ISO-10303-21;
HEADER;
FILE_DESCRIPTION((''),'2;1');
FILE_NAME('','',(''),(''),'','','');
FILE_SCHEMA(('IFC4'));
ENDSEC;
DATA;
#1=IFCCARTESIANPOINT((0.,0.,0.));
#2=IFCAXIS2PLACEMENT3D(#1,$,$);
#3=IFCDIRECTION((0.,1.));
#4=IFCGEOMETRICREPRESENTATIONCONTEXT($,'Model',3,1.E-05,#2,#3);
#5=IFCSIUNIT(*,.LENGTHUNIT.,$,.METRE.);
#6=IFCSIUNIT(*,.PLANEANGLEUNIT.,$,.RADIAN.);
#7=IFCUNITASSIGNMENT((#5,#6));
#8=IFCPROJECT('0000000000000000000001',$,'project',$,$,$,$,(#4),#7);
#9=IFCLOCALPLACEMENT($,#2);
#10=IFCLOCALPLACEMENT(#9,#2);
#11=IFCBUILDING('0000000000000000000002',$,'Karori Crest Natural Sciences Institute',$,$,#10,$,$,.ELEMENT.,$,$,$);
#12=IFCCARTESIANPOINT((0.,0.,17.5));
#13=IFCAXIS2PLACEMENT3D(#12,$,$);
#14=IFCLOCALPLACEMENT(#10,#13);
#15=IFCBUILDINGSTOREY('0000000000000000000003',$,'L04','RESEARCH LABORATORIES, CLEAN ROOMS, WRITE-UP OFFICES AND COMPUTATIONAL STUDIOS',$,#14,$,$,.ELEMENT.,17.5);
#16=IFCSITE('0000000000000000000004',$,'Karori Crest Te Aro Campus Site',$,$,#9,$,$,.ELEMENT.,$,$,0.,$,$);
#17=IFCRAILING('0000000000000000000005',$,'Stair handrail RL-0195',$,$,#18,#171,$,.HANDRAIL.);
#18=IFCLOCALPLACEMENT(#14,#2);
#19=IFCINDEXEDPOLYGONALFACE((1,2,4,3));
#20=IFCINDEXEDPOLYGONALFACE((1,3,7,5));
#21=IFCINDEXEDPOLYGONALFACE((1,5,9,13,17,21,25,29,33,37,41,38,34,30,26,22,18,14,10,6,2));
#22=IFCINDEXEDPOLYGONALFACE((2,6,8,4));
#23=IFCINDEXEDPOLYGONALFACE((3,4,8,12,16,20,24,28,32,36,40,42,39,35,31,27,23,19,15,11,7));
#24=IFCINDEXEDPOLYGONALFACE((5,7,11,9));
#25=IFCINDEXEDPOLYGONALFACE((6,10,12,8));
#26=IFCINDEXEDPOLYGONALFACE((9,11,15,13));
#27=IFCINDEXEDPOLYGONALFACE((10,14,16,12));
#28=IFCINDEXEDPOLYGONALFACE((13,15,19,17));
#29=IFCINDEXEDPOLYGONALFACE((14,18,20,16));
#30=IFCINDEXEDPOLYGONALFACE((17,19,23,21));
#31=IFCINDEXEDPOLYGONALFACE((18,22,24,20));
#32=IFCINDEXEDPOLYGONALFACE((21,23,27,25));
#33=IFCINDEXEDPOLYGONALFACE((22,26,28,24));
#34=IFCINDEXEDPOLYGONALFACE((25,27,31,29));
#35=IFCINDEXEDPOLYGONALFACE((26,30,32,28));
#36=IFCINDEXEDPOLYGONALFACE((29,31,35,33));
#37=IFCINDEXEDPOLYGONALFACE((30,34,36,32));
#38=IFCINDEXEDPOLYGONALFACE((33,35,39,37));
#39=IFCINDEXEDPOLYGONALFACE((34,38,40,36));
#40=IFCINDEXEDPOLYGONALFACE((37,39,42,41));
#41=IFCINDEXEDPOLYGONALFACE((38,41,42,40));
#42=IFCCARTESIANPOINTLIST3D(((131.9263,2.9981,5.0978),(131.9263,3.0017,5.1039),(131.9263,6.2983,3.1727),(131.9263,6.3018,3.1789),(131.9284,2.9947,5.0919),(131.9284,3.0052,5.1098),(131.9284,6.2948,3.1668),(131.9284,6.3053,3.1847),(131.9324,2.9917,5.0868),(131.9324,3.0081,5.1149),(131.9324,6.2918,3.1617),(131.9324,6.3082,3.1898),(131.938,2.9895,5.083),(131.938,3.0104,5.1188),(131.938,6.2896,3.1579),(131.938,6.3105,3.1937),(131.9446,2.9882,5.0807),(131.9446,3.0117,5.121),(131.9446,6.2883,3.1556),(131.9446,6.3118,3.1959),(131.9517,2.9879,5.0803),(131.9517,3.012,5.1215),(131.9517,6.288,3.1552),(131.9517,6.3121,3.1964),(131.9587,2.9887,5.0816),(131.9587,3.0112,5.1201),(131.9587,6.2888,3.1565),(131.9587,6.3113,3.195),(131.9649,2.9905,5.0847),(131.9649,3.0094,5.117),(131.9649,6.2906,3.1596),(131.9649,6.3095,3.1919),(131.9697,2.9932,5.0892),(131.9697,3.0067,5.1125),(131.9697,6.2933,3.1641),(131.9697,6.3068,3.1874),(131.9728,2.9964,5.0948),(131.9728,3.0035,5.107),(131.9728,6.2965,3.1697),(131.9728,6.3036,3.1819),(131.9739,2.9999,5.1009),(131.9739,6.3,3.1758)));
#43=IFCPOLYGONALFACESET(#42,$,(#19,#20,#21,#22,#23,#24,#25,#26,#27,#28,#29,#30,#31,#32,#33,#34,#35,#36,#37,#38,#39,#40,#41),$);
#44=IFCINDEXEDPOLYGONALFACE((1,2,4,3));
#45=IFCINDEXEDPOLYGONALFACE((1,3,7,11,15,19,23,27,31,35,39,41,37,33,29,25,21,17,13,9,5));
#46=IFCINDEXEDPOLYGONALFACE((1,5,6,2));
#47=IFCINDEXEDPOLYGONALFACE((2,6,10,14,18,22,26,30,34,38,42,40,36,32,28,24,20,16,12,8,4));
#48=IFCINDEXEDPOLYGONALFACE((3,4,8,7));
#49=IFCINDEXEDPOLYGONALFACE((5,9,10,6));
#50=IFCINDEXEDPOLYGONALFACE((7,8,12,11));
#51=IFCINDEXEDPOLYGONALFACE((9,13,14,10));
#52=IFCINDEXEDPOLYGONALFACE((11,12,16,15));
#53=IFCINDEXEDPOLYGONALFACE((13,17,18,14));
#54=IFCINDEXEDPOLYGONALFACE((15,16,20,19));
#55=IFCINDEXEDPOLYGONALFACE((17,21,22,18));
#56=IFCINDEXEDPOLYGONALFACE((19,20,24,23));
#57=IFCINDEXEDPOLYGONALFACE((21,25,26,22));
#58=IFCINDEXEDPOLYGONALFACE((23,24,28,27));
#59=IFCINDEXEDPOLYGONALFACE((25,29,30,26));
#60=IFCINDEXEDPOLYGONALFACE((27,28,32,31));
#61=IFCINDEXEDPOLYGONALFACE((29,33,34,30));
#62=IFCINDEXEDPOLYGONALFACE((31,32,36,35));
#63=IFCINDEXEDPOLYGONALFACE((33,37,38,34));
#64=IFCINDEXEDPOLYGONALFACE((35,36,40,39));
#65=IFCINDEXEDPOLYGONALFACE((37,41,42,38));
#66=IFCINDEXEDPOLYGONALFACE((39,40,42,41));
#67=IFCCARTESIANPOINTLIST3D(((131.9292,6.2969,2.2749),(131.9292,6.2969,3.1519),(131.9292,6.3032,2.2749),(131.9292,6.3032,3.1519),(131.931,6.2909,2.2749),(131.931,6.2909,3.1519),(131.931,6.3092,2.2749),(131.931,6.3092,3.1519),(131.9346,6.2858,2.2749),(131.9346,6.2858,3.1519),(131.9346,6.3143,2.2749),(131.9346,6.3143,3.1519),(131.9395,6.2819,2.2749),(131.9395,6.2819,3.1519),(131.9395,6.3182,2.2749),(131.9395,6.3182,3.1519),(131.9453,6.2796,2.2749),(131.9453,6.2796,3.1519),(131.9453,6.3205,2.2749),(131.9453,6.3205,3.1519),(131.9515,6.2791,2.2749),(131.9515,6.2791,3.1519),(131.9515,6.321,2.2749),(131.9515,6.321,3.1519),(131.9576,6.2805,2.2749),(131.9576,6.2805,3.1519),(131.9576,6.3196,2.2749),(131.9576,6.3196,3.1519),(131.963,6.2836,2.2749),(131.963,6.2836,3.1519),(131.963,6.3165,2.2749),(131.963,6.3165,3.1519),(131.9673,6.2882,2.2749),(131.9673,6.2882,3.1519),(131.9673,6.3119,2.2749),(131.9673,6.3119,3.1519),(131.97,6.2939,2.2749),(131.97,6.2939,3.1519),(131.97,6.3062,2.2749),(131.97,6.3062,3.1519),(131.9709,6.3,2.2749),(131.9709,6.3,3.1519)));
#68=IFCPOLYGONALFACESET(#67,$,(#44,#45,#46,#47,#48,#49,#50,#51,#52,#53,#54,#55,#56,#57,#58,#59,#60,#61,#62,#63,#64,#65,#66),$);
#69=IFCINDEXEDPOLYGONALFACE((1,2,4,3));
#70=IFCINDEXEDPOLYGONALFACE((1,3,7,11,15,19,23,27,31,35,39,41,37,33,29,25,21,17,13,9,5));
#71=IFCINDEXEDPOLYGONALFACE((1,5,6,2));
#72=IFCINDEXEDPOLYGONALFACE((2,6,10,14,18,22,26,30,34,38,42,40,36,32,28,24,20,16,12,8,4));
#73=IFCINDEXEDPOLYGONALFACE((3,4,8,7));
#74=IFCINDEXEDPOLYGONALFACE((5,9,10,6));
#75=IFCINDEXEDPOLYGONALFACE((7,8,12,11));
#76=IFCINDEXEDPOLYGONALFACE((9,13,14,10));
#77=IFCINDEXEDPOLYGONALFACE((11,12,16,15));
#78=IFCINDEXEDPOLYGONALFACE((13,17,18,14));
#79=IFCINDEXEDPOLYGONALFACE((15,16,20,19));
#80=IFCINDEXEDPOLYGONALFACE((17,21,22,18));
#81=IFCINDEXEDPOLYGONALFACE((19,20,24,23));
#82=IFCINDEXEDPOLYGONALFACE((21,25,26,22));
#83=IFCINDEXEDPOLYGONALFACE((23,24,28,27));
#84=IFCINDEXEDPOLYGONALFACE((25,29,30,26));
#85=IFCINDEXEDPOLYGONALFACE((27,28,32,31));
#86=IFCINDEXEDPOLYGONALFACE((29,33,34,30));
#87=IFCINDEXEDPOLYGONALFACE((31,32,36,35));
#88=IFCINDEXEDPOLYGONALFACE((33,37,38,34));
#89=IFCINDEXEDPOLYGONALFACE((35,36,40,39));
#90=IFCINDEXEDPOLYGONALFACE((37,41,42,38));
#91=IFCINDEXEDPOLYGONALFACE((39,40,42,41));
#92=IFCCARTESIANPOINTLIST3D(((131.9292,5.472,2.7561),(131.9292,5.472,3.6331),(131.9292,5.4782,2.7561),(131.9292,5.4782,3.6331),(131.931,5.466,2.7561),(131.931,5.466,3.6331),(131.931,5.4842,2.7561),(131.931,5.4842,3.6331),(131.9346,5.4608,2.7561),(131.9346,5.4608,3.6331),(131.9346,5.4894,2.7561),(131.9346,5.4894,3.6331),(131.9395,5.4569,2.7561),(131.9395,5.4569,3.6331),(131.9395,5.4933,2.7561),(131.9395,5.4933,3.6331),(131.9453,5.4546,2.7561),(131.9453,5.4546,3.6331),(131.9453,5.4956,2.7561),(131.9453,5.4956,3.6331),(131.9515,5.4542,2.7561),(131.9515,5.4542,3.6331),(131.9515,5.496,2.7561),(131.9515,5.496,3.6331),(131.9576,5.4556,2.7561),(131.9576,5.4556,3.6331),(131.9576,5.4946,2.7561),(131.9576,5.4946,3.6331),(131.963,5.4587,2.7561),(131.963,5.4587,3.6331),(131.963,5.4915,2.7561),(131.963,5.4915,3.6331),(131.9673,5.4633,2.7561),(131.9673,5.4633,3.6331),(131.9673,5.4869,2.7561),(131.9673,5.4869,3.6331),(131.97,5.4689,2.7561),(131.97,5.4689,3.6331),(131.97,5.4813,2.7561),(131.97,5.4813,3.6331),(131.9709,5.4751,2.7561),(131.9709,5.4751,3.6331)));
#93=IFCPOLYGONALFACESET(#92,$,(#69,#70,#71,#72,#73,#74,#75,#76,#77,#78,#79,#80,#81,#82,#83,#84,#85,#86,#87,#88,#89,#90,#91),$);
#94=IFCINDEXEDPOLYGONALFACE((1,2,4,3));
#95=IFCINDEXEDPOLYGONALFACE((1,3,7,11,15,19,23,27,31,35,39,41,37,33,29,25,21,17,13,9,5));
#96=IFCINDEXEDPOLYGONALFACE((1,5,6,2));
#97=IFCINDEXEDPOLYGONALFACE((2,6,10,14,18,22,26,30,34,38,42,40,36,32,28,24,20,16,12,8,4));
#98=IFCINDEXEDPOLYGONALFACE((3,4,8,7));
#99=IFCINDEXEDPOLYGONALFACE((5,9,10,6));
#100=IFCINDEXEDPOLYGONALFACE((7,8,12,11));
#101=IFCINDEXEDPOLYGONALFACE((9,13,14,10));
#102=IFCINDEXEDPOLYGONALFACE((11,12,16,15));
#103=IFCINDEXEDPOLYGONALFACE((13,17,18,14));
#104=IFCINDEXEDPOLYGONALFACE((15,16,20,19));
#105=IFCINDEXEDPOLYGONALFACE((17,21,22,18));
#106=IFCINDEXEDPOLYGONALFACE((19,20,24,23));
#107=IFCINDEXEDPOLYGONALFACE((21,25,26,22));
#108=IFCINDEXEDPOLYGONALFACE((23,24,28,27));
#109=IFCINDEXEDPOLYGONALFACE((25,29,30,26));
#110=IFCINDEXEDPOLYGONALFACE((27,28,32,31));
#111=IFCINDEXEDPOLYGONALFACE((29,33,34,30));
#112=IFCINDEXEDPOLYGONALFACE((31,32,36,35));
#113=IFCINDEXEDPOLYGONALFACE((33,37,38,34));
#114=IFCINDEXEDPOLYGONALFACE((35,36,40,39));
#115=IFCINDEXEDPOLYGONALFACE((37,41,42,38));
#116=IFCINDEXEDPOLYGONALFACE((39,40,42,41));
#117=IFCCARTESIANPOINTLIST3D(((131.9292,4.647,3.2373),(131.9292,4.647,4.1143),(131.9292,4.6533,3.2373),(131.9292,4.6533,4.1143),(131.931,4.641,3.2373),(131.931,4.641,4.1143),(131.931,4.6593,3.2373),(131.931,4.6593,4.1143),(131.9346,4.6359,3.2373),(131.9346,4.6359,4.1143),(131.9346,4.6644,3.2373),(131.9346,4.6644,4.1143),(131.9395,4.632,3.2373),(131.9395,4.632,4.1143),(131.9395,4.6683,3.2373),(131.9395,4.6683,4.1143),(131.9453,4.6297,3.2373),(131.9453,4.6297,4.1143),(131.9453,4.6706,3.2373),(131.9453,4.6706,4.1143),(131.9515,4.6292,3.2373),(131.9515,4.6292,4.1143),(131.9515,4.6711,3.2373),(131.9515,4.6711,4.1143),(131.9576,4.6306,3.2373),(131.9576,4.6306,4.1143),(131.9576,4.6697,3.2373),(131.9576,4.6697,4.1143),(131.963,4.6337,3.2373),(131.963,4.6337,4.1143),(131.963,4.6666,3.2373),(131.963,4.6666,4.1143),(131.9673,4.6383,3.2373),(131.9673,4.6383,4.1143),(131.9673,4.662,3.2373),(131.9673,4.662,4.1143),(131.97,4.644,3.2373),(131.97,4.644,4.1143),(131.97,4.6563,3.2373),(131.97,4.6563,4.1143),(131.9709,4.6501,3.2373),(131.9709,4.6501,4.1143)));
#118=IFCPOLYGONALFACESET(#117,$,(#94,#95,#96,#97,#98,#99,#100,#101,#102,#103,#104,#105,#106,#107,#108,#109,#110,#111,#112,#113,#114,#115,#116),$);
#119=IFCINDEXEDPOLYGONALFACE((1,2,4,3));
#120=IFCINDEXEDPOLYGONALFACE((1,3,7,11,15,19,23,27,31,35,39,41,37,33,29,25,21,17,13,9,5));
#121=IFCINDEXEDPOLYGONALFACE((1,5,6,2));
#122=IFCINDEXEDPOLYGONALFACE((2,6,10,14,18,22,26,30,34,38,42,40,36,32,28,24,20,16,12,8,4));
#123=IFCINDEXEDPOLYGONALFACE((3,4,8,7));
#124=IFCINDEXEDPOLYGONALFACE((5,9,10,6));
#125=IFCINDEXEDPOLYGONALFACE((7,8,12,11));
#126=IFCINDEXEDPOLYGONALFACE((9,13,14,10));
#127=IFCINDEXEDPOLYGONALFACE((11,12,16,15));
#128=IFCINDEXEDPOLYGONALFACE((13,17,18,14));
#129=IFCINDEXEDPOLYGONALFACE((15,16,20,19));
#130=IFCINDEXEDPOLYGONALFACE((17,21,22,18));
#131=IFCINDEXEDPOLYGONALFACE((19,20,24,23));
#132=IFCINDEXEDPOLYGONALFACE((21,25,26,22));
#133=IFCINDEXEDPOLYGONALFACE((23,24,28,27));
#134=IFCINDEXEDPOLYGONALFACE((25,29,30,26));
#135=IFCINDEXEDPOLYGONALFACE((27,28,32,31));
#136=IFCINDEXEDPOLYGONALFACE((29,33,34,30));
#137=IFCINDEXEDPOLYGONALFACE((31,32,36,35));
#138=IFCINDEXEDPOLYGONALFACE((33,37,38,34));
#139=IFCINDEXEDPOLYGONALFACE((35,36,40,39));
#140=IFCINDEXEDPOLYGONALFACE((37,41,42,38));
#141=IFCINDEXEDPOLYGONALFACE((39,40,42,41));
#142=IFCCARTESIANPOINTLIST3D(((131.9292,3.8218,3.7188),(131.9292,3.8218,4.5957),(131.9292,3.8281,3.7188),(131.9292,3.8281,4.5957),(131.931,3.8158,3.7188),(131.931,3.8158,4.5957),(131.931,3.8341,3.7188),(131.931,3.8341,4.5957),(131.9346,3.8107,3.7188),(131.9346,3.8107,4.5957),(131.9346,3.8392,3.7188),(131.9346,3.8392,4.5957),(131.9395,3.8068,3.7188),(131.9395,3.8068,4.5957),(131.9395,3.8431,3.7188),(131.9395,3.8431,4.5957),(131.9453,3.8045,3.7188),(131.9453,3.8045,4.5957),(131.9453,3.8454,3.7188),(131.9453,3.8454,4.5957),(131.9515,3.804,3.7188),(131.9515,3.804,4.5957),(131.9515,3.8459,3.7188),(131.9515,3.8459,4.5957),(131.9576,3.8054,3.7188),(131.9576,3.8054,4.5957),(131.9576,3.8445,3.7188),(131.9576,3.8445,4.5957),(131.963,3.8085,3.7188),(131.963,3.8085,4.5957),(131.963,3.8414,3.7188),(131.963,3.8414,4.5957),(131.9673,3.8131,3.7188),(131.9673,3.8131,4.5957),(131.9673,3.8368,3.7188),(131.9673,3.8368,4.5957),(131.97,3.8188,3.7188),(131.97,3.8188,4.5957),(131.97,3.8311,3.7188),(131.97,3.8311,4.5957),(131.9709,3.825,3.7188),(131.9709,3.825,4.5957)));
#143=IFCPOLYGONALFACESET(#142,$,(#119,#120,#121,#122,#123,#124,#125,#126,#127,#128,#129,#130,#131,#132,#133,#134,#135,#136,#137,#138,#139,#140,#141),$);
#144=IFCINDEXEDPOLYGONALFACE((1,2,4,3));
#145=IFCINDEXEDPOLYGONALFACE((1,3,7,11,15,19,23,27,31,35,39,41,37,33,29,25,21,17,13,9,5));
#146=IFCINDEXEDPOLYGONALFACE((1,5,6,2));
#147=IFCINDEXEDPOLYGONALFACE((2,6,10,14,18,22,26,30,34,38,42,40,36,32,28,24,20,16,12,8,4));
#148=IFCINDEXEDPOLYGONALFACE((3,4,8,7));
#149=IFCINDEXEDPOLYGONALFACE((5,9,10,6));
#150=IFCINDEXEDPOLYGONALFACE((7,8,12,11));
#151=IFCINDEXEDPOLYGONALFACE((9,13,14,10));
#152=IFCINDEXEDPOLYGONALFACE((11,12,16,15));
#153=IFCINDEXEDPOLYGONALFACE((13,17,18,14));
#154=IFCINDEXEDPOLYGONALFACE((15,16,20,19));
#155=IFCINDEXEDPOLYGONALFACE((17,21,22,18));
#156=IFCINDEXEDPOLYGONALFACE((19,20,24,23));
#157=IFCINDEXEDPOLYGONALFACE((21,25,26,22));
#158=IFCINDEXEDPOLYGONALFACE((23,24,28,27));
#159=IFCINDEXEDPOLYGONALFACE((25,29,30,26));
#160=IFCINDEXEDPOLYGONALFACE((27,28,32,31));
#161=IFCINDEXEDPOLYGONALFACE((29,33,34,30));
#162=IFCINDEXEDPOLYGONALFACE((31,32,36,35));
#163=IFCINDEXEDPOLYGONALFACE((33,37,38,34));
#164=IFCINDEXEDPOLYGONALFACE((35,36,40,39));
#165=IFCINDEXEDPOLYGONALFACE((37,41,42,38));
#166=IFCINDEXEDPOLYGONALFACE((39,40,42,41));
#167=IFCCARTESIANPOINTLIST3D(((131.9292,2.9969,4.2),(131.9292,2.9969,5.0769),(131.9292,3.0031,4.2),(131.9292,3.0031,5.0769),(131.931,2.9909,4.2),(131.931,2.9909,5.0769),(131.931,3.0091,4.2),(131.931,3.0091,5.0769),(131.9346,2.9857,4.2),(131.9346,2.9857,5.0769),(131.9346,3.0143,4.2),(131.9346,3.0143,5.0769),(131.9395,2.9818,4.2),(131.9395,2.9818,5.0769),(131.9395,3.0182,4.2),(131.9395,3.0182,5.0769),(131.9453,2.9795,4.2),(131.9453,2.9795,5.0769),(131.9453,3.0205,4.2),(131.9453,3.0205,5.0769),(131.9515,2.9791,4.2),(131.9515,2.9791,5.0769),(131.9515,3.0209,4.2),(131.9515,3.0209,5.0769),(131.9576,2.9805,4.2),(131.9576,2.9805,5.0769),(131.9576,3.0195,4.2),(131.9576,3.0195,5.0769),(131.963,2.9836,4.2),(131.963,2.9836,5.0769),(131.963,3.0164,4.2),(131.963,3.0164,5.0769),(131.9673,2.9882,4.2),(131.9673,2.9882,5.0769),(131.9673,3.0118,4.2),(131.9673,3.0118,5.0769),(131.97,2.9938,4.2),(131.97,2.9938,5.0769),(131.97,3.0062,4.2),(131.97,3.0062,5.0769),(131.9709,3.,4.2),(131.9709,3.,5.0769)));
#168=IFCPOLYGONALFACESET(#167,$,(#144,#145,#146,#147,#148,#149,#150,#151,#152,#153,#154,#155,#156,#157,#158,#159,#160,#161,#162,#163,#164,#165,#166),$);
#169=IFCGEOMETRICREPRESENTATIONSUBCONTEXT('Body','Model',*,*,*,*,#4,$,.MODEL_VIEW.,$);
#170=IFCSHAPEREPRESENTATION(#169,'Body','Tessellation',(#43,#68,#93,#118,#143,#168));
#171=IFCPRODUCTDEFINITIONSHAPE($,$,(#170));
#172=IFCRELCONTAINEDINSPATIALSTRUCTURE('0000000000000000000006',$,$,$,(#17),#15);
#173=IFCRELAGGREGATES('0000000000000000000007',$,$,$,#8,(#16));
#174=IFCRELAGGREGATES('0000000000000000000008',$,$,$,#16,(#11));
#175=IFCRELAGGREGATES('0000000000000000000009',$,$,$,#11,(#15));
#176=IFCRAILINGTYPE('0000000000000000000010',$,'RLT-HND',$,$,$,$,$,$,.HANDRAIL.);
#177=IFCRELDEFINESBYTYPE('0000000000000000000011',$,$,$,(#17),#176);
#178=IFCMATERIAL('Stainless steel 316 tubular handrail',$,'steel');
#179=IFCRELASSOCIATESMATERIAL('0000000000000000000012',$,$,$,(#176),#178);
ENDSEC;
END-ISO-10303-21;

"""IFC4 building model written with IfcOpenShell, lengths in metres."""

from ifc_helpers import new_model, si_unit, direction, frame, origin, origin_2d, place, context, subcontext, project, spatial, circle, extrude, material, type_object, element, save


model = new_model("IFC4")

# Units and contexts
model_context = context("Model", 3, precision=1e-05, world=origin(), true_north=direction((0.0, 1.0)))
body_context = subcontext(model_context, "Body", "Model", "MODEL_VIEW")
ifc_project = project(units=[si_unit("LENGTHUNIT", "METRE"), si_unit("PLANEANGLEUNIT", "RADIAN")], contexts=[model_context])

# Site, building, storey
site_placement = place(None, origin())
site = spatial("IfcSite", under=ifc_project, at=site_placement, Name="Karori Crest Te Aro Campus Site", CompositionType="ELEMENT", RefElevation=0.0)
building_placement = place(site_placement, origin())
building = spatial("IfcBuilding", under=site, at=building_placement, Name="Karori Crest Natural Sciences Institute", CompositionType="ELEMENT")
storey_placement = place(building_placement, frame((0.0, 0.0, 17.5)))
storey = spatial("IfcBuildingStorey", under=building, at=storey_placement, Name="L04", Description="RESEARCH LABORATORIES, CLEAN ROOMS, WRITE-UP OFFICES AND COMPUTATIONAL STUDIOS", CompositionType="ELEMENT", Elevation=17.5)

# Railing
ifc_material_1 = material(Name="Stainless steel 316 tubular handrail", Category="steel")
railing_type_1 = type_object("IfcRailingType", Name="RLT-HND", PredefinedType="HANDRAIL", material=ifc_material_1)
railing_1_placement = place(storey_placement, frame((131.95, 6.3, 2.2749)))
element("IfcRailing", 1, at=railing_1_placement, inside=storey, type_object=railing_type_1, Name="Stair handrail RL-0195", PredefinedType="HANDRAIL", context=body_context, shape_type="SweptSolid", body=[
    extrude(circle(Radius=0.0239, at=origin_2d()), frame((0.0, 0.0, 0.9009), z_axis=(0.0, -0.863777, 0.503875), x_axis=(1.0, 0.0, 0.0)), (0.0, 0.0, 1.0), 3.8206),
    extrude(circle(Radius=0.021, at=origin_2d()), origin(), (0.0, 0.0, 1.0), 0.877),
    extrude(circle(Radius=0.021, at=origin_2d()), frame((0.0, -0.825, 0.4812)), (0.0, 0.0, 1.0), 0.877),
    extrude(circle(Radius=0.021, at=origin_2d()), frame((0.0, -1.6499, 0.9624)), (0.0, 0.0, 1.0), 0.877),
    extrude(circle(Radius=0.021, at=origin_2d()), frame((0.0, -2.4751, 1.4438)), (0.0, 0.0, 1.0), 0.877),
    extrude(circle(Radius=0.021, at=origin_2d()), frame((0.0, -3.3, 1.925)), (0.0, 0.0, 1.0), 0.877),
])

save(model, "model.ifc")
